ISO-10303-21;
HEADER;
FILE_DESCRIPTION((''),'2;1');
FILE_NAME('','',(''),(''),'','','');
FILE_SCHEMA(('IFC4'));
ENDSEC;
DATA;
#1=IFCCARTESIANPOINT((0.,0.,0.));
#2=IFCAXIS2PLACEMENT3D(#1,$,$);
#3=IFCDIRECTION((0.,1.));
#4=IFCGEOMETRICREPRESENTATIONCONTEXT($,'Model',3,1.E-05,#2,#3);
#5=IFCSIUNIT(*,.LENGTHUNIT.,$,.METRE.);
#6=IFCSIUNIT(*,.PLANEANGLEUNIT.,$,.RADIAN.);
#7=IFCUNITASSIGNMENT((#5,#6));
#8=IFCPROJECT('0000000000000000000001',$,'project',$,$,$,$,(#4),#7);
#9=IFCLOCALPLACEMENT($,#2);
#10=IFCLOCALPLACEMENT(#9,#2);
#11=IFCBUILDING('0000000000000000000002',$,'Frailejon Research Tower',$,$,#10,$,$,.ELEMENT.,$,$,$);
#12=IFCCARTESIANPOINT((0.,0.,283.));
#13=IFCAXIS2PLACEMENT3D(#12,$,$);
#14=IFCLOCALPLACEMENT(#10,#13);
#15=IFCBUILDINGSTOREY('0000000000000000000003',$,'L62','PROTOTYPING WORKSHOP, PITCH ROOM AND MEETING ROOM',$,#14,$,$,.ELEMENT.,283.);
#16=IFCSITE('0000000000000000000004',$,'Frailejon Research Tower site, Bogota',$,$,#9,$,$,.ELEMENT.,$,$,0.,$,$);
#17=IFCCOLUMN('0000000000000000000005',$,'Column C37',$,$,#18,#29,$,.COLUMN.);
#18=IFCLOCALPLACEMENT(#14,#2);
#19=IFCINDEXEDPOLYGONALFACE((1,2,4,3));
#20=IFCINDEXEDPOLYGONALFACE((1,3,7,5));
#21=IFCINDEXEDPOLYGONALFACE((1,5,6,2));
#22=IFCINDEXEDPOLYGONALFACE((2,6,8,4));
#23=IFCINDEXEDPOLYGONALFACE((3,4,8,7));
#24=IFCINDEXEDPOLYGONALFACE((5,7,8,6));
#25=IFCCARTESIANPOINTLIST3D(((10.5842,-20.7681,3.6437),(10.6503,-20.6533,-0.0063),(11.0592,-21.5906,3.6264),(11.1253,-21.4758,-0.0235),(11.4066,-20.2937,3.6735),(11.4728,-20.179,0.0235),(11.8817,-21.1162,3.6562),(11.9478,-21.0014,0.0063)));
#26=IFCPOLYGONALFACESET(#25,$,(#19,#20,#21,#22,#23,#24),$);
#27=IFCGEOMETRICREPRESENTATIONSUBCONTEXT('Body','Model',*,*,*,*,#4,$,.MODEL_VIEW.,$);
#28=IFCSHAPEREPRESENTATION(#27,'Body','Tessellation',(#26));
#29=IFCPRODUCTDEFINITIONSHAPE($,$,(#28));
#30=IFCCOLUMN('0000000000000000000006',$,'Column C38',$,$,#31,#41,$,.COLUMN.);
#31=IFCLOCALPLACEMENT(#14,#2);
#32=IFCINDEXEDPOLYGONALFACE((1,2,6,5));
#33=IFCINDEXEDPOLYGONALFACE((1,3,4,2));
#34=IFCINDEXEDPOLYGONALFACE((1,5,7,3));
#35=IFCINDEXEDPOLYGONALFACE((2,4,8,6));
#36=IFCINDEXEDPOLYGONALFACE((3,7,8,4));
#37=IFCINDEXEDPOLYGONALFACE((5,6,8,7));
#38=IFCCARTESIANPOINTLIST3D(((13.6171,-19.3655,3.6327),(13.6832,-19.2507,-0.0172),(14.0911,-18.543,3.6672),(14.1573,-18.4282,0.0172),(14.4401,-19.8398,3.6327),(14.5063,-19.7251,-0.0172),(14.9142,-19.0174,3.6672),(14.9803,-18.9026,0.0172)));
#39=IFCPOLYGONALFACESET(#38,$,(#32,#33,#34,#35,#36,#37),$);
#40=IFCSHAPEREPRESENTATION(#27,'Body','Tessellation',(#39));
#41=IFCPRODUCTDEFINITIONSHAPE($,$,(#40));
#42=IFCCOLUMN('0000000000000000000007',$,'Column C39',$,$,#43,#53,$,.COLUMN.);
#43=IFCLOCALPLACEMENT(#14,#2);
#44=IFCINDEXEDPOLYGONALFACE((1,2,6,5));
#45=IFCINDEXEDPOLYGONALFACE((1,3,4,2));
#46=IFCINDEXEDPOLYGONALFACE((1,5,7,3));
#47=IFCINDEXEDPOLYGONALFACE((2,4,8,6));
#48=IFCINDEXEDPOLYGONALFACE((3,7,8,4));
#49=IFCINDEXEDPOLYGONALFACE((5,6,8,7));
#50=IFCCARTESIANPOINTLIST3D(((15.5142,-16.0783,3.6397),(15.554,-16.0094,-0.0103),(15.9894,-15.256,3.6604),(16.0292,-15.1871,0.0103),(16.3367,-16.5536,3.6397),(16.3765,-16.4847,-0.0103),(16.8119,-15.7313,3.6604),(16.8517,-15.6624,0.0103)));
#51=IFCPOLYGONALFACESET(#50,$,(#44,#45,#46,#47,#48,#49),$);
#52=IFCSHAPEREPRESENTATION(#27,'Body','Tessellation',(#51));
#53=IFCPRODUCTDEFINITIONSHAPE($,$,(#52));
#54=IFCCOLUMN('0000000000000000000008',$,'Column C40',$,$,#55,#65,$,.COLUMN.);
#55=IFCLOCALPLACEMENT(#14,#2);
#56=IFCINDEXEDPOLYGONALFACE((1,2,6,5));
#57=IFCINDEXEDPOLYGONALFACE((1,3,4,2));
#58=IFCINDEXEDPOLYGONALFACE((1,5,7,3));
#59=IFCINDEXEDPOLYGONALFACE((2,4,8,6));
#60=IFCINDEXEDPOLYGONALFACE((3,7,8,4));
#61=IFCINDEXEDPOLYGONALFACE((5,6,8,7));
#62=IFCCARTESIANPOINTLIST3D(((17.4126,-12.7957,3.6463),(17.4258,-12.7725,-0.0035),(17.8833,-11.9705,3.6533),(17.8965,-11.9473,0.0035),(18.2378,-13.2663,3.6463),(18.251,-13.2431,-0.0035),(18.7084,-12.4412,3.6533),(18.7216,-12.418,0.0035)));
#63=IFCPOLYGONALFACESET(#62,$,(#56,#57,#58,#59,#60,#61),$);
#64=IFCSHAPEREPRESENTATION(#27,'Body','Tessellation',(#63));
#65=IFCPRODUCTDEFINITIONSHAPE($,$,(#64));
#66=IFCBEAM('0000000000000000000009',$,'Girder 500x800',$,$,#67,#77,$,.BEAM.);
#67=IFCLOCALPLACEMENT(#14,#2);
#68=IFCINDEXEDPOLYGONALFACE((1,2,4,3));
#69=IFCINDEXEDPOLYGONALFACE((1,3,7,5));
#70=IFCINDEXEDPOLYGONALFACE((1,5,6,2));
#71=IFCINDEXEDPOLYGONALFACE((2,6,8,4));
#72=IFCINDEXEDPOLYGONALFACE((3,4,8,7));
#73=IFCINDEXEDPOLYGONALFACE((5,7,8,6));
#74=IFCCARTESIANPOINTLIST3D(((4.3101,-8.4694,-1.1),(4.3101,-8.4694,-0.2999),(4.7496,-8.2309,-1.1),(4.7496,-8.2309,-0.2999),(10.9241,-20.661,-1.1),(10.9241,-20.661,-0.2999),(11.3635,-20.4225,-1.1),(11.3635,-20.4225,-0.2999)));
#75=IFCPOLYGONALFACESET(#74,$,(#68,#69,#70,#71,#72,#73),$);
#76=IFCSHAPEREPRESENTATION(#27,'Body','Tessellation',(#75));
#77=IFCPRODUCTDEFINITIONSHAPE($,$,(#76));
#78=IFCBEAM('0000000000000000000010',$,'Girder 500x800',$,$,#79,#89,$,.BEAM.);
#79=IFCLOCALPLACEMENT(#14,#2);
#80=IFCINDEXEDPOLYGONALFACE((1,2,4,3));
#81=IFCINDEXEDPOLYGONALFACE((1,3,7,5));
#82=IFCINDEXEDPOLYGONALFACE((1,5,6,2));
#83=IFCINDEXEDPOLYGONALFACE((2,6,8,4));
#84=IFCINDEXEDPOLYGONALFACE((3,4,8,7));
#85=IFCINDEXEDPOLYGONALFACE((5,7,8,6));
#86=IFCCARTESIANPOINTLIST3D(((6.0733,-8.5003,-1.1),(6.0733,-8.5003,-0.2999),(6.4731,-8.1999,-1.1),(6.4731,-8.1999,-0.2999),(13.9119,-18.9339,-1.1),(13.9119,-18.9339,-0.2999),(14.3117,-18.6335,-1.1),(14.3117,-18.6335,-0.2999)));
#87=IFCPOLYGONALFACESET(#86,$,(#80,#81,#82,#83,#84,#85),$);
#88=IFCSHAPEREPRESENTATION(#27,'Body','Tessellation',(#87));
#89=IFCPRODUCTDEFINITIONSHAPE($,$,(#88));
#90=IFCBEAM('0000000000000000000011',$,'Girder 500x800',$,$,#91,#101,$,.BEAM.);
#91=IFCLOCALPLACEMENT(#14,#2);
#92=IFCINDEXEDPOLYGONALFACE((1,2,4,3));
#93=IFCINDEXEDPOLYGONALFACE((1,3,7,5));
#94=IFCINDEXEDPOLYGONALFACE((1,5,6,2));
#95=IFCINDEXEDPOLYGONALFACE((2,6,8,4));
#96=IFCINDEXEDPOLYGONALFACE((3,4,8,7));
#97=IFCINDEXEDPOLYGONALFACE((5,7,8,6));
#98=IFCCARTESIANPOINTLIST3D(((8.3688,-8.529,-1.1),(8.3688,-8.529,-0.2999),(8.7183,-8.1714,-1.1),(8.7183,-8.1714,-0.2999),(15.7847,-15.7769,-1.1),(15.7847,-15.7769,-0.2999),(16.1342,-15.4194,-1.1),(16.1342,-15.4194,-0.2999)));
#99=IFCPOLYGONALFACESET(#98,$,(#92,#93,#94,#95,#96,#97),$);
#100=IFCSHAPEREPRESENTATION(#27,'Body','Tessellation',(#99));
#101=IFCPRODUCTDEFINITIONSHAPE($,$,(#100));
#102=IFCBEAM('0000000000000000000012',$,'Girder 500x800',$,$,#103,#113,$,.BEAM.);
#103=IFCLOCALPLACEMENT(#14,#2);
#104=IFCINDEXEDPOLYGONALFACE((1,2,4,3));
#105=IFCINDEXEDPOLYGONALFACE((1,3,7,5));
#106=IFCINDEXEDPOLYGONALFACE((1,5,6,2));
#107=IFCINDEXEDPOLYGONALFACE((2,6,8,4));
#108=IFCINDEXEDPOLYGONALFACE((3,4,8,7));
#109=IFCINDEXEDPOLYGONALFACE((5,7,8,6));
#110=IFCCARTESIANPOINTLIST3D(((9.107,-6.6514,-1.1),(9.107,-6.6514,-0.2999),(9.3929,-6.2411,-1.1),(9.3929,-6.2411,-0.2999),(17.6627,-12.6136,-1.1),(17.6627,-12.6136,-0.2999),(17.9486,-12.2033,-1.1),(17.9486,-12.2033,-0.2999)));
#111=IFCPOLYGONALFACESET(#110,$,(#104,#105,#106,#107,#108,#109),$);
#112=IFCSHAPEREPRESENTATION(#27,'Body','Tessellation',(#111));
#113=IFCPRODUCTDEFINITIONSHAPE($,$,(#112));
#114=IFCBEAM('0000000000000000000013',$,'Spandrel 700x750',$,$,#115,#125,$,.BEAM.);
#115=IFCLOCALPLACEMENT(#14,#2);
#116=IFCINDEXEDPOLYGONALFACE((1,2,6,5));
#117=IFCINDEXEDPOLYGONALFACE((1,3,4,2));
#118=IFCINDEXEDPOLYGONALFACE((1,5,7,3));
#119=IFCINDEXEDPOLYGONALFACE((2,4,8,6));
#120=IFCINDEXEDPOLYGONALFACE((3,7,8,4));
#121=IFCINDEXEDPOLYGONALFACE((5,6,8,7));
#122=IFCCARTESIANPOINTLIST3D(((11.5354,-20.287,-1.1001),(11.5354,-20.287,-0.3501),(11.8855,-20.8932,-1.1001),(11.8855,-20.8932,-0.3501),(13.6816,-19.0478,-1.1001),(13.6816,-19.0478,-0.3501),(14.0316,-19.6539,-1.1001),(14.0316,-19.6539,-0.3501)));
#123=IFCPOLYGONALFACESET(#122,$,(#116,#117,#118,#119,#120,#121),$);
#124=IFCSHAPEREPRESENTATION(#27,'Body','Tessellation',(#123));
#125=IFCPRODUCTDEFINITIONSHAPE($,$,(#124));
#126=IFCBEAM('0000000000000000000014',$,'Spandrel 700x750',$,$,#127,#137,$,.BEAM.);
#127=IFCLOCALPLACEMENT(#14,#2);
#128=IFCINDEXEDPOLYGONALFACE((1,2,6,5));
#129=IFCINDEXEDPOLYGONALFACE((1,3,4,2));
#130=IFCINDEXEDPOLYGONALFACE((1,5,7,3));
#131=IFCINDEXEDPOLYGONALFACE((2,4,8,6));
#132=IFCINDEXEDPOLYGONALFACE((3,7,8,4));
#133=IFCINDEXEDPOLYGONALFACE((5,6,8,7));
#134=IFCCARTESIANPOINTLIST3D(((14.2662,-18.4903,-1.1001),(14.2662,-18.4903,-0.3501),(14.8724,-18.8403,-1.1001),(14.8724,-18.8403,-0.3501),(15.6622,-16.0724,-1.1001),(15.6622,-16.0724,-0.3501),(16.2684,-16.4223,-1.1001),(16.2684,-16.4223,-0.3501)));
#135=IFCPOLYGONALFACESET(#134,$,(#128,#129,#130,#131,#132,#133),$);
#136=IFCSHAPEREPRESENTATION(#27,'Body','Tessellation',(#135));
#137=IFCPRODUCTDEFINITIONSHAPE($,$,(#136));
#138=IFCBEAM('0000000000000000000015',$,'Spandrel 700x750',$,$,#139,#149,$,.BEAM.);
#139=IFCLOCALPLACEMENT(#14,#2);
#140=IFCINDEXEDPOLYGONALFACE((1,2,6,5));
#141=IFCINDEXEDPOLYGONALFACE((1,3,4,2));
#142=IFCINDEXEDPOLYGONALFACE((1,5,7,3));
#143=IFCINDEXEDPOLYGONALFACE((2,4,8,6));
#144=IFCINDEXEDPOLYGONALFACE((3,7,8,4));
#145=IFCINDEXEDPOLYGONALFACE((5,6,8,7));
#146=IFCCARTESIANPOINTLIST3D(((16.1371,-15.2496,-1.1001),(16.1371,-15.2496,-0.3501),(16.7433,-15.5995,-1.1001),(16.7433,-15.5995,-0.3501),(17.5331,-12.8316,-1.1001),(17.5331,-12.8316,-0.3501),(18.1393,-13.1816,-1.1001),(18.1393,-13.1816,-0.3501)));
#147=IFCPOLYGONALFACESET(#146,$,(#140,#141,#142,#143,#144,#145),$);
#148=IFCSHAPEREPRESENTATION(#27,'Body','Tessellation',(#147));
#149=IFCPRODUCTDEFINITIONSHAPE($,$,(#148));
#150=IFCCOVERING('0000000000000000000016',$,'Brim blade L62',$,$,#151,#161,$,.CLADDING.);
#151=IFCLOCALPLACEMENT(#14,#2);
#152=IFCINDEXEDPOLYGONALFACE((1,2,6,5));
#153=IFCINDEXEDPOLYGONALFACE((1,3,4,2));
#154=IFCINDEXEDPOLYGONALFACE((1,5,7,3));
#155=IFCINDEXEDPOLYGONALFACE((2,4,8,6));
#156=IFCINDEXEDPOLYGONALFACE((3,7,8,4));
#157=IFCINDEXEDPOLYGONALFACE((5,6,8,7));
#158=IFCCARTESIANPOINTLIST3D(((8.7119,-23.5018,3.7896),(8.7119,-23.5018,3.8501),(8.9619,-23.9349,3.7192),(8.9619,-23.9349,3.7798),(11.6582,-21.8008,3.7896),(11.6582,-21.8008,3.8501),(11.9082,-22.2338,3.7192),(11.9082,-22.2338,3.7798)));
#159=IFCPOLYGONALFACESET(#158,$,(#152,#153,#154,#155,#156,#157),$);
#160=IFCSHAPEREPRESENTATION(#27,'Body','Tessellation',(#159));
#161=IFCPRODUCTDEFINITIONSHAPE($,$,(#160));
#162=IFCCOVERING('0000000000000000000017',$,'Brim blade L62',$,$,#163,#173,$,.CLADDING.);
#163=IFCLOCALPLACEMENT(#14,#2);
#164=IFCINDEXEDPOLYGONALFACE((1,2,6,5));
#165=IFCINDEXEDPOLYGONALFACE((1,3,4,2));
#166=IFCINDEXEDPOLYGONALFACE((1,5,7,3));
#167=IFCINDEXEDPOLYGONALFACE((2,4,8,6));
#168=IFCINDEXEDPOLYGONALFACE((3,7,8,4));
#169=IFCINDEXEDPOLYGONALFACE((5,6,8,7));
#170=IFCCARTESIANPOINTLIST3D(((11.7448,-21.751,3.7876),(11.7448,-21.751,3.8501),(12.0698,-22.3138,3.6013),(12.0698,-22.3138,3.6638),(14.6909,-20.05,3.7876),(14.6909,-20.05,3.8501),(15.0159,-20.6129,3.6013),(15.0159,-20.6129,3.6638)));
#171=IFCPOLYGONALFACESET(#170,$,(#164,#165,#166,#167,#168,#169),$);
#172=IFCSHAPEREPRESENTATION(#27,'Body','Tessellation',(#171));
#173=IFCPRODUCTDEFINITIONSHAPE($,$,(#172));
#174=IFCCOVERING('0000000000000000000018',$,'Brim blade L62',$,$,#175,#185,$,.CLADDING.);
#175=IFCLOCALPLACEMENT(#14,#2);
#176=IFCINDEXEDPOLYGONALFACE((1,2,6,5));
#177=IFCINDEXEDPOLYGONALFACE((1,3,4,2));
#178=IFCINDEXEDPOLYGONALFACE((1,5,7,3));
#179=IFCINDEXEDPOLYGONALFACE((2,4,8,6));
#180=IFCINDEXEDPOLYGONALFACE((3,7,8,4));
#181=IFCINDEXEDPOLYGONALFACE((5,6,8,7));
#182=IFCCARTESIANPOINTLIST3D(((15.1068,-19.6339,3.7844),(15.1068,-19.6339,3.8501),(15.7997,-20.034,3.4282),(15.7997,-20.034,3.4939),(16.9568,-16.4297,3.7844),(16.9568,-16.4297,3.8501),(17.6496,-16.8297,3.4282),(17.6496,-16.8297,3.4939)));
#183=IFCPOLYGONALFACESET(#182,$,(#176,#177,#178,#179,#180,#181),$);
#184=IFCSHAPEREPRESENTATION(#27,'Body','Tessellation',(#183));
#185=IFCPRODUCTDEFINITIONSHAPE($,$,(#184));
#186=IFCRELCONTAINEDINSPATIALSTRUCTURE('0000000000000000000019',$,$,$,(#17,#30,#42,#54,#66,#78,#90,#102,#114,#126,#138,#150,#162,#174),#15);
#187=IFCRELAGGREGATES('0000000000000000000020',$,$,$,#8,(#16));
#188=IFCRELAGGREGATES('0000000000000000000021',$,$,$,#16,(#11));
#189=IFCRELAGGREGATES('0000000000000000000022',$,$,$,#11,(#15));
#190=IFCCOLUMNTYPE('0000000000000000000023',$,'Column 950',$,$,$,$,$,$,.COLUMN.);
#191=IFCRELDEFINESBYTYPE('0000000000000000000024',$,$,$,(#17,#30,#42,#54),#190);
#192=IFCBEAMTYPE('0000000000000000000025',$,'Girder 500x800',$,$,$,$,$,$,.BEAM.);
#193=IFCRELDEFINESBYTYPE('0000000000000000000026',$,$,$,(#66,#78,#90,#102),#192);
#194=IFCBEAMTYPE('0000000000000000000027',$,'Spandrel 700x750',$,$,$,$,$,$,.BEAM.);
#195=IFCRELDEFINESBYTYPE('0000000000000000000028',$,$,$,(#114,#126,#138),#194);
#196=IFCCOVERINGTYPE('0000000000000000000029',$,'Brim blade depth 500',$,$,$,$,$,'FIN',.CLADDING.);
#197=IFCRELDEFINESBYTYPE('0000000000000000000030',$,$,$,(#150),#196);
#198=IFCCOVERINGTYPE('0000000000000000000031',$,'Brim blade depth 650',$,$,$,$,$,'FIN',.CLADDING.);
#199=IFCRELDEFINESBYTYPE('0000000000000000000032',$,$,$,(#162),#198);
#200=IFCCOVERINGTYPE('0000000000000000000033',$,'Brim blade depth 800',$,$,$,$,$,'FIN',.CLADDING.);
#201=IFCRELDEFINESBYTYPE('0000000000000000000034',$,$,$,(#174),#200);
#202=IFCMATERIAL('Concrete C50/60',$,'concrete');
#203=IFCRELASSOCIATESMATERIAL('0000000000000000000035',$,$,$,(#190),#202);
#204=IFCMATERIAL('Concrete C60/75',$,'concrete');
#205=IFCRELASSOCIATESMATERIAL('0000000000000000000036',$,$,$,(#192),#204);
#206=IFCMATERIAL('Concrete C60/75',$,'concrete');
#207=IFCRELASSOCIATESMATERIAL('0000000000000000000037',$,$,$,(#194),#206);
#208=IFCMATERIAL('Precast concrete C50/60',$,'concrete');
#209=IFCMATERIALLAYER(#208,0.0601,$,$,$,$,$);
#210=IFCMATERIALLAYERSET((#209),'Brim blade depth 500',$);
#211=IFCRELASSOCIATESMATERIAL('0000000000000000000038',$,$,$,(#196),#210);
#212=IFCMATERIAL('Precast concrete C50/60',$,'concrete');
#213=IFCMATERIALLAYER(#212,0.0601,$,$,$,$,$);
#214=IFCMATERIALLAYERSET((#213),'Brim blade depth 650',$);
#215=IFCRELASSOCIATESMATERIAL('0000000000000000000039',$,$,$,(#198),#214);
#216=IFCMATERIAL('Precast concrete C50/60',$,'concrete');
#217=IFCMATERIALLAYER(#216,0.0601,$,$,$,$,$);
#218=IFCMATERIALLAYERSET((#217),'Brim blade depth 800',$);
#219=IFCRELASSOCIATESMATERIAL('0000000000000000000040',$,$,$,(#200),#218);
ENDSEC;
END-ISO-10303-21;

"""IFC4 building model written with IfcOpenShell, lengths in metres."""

from ifc_helpers import new_model, si_unit, direction, frame, origin, origin_2d, place, context, subcontext, project, spatial, polyline, rectangle, outline, extrude, material, layer, layer_set, material_profile, profile_set, type_object, element, save


model = new_model("IFC4")

# Units and contexts
model_context = context("Model", 3, precision=1e-05, world=origin(), true_north=direction((0.0, 1.0)))
body_context = subcontext(model_context, "Body", "Model", "MODEL_VIEW")
ifc_project = project(units=[si_unit("LENGTHUNIT", "METRE"), si_unit("PLANEANGLEUNIT", "RADIAN")], contexts=[model_context])

# Site, building, storey
site_placement = place(None, origin())
site = spatial("IfcSite", under=ifc_project, at=site_placement, Name="Frailejon Research Tower site, Bogota", CompositionType="ELEMENT", RefElevation=0.0)
building_placement = place(site_placement, origin())
building = spatial("IfcBuilding", under=site, at=building_placement, Name="Frailejon Research Tower", CompositionType="ELEMENT")
storey_placement = place(building_placement, frame((0.0, 0.0, 283.0)))
storey = spatial("IfcBuildingStorey", under=building, at=storey_placement, Name="L62", Description="PROTOTYPING WORKSHOP, PITCH ROOM AND MEETING ROOM", CompositionType="ELEMENT", Elevation=283.0)

# Columns
ifc_material_1 = material(Name="Concrete C50/60", Category="concrete")
ifc_material_profile_1 = material_profile(ifc_material_1, rectangle(XDim=0.95, YDim=0.95, at=origin_2d()), Name="Column 950")
ifc_profile_set_1 = profile_set([ifc_material_profile_1], Name="Concrete C50/60")
column_type = type_object("IfcColumnType", Name="Column 950", PredefinedType="COLUMN", material=ifc_profile_set_1)
for number, where, z_axis, x_axis, name in (
    (1, (11.2991, -20.8274, 0.0), (-0.018115, -0.031417, 0.999342), (0.865818, 0.499373, 0.031394), "Column C37"),
    (2, (14.3318, -19.0767, 0.0), (-0.018115, -0.031417, 0.999342), (0.49904, 0.865819, 0.036266), "Column C38"),
):
    element("IfcColumn", number, at=place(storey_placement, frame(where, z_axis=z_axis, x_axis=x_axis)), inside=storey, type_object=column_type, Name=name, PredefinedType="COLUMN", context=body_context, shape_type="SweptSolid", body=[
        extrude(rectangle(XDim=0.95, YDim=0.95, at=origin_2d()), origin(), (0.0, 0.0, 1.0), 3.6523),
    ])
column_1_placement = place(storey_placement, frame((16.2029, -15.8359, 0.0), z_axis=(-0.0109, -0.018858, 0.999763), x_axis=(0.500226, 0.865621, 0.021782)))
element("IfcColumn", 3, at=column_1_placement, inside=storey, type_object=column_type, Name="Column C39", PredefinedType="COLUMN", context=body_context, shape_type="SweptSolid", body=[
    extrude(rectangle(XDim=0.95, YDim=0.95, at=origin_2d()), origin(), (0.0, 0.0, 1.0), 3.6509),
])
column_2_placement = place(storey_placement, frame((18.0737, -12.5952, 0.0), z_axis=(-0.003612, -0.006354, 0.999973), x_axis=(0.495427, 0.868619, 0.007309)))
element("IfcColumn", 4, at=column_2_placement, inside=storey, type_object=column_type, Name="Column C40", PredefinedType="COLUMN", context=body_context, shape_type="SweptSolid", body=[
    extrude(rectangle(XDim=0.95, YDim=0.95, at=origin_2d()), origin(), (0.0, 0.0, 1.0), 3.6499),
])

# Beams
ifc_material_2 = material(Name="Concrete C60/75", Category="concrete")
ifc_material_profile_2 = material_profile(ifc_material_2, rectangle(XDim=0.5, YDim=0.8, at=origin_2d()), Name="Girder 500x800")
ifc_profile_set_2 = profile_set([ifc_material_profile_2], Name="Concrete C60/75")
beam_type_1 = type_object("IfcBeamType", Name="Girder 500x800", PredefinedType="BEAM", material=ifc_profile_set_2)
beam_1_placement = place(storey_placement, frame((11.1438, -20.5417, -0.7), z_axis=(-0.476852, 0.878984, 0.0), x_axis=(-0.878984, -0.476852, 0.0)))
element("IfcBeam", 5, at=beam_1_placement, inside=storey, type_object=beam_type_1, Name="Girder 500x800", PredefinedType="BEAM", context=body_context, shape_type="SweptSolid", body=[
    extrude(rectangle(XDim=0.5, YDim=0.8, at=origin_2d()), origin(), (0.0, 0.0, 1.0), 13.8701),
])
beam_2_placement = place(storey_placement, frame((14.1118, -18.7837, -0.7), z_axis=(-0.600658, 0.799506, 0.0), x_axis=(-0.799506, -0.600658, 0.0)))
element("IfcBeam", 6, at=beam_2_placement, inside=storey, type_object=beam_type_1, Name="Girder 500x800", PredefinedType="BEAM", context=body_context, shape_type="SweptSolid", body=[
    extrude(rectangle(XDim=0.5, YDim=0.8, at=origin_2d()), origin(), (0.0, 0.0, 1.0), 13.05),
])
beam_3_placement = place(storey_placement, frame((15.9595, -15.5981, -0.7), z_axis=(-0.715159, 0.698961, 0.0), x_axis=(-0.698961, -0.715159, 0.0)))
element("IfcBeam", 7, at=beam_3_placement, inside=storey, type_object=beam_type_1, Name="Girder 500x800", PredefinedType="BEAM", context=body_context, shape_type="SweptSolid", body=[
    extrude(rectangle(XDim=0.5, YDim=0.8, at=origin_2d()), origin(), (0.0, 0.0, 1.0), 10.3696),
])
beam_4_placement = place(storey_placement, frame((17.8057, -12.4084, -0.7), z_axis=(-0.820438, 0.571736, 0.0), x_axis=(-0.571736, -0.820438, 0.0)))
element("IfcBeam", 8, at=beam_4_placement, inside=storey, type_object=beam_type_1, Name="Girder 500x800", PredefinedType="BEAM", context=body_context, shape_type="SweptSolid", body=[
    extrude(rectangle(XDim=0.5, YDim=0.8, at=origin_2d()), origin(), (0.0, 0.0, 1.0), 10.4282),
])
ifc_material_3 = material(Name="Concrete C60/75", Category="concrete")
ifc_material_profile_3 = material_profile(ifc_material_3, rectangle(XDim=0.7, YDim=0.75, at=origin_2d()), Name="Spandrel 700x750")
ifc_profile_set_3 = profile_set([ifc_material_profile_3], Name="Concrete C60/75")
beam_type_2 = type_object("IfcBeamType", Name="Spandrel 700x750", PredefinedType="BEAM", material=ifc_profile_set_3)
beam_5_placement = place(storey_placement, frame((11.7104, -20.5901, -0.7251), z_axis=(0.866003, 0.500038, 0.0), x_axis=(-0.500038, 0.866003, 0.0)))
element("IfcBeam", 9, at=beam_5_placement, inside=storey, type_object=beam_type_2, Name="Spandrel 700x750", PredefinedType="BEAM", context=body_context, shape_type="SweptSolid", body=[
    extrude(rectangle(XDim=0.7, YDim=0.75, at=origin_2d()), origin(), (0.0, 0.0, 1.0), 2.4783),
])
for number, where, z_axis, x_axis, name in (
    (10, (14.5693, -18.6653, -0.7251), (0.499995, 0.866028, 0.0), (-0.866028, 0.499995, 0.0), "Spandrel 700x750"),
    (11, (16.4402, -15.4246, -0.7251), (0.499995, 0.866028, 0.0), (-0.866028, 0.499995, 0.0), "Spandrel 700x750"),
):
    element("IfcBeam", number, at=place(storey_placement, frame(where, z_axis=z_axis, x_axis=x_axis)), inside=storey, type_object=beam_type_2, Name=name, PredefinedType="BEAM", context=body_context, shape_type="SweptSolid", body=[
        extrude(rectangle(XDim=0.7, YDim=0.75, at=origin_2d()), origin(), (0.0, 0.0, 1.0), 2.792),
    ])

# Coverings
ifc_material_4 = material(Name="Precast concrete C50/60", Category="concrete")
ifc_layer_1 = layer(ifc_material_4, 0.0601)
ifc_layer_set_1 = layer_set([ifc_layer_1], Name="Brim blade depth 500")
covering_type_1 = type_object("IfcCoveringType", Name="Brim blade depth 500", ElementType="FIN", PredefinedType="CLADDING", material=ifc_layer_set_1)
covering_1_placement = place(storey_placement, frame((11.6582, -21.8008, 3.8501), z_axis=(-0.866024, -0.500003, 0.0), x_axis=(0.500003, -0.866024, 0.0)))
element("IfcCovering", 12, at=covering_1_placement, inside=storey, type_object=covering_type_1, Name="Brim blade L62", PredefinedType="CLADDING", context=body_context, shape_type="SweptSolid", body=[
    extrude(outline(polyline([(0.0, -0.0605), (0.5, -0.1309), (0.5, -0.0703), (0.0, 0.0), (0.0, -0.0605)])), origin(), (0.0, 0.0, 1.0), 3.4021),
])
ifc_material_5 = material(Name="Precast concrete C50/60", Category="concrete")
ifc_layer_2 = layer(ifc_material_5, 0.0601)
ifc_layer_set_2 = layer_set([ifc_layer_2], Name="Brim blade depth 650")
covering_type_2 = type_object("IfcCoveringType", Name="Brim blade depth 650", ElementType="FIN", PredefinedType="CLADDING", material=ifc_layer_set_2)
covering_2_placement = place(storey_placement, frame((14.6909, -20.05, 3.8501), z_axis=(-0.866029, -0.499994, 0.0), x_axis=(0.499994, -0.866029, 0.0)))
element("IfcCovering", 13, at=covering_2_placement, inside=storey, type_object=covering_type_2, Name="Brim blade L62", PredefinedType="CLADDING", context=body_context, shape_type="SweptSolid", body=[
    extrude(outline(polyline([(0.0, -0.0625), (0.6499, -0.2488), (0.6499, -0.1863), (0.0, 0.0), (0.0, -0.0625)])), origin(), (0.0, 0.0, 1.0), 3.4019),
])
ifc_material_6 = material(Name="Precast concrete C50/60", Category="concrete")
ifc_layer_3 = layer(ifc_material_6, 0.0601)
ifc_layer_set_3 = layer_set([ifc_layer_3], Name="Brim blade depth 800")
covering_type_3 = type_object("IfcCoveringType", Name="Brim blade depth 800", ElementType="FIN", PredefinedType="CLADDING", material=ifc_layer_set_3)
covering_3_placement = place(storey_placement, frame((16.9568, -16.4297, 3.8501), z_axis=(-0.5, -0.866026, 0.0), x_axis=(0.866026, -0.5, 0.0)))
element("IfcCovering", 14, at=covering_3_placement, inside=storey, type_object=covering_type_3, Name="Brim blade L62", PredefinedType="CLADDING", context=body_context, shape_type="SweptSolid", body=[
    extrude(outline(polyline([(0.0, -0.0657), (0.8, -0.4219), (0.8, -0.3562), (0.0, 0.0), (0.0, -0.0657)])), origin(), (0.0, 0.0, 1.0), 3.7),
])

save(model, "model.ifc")
